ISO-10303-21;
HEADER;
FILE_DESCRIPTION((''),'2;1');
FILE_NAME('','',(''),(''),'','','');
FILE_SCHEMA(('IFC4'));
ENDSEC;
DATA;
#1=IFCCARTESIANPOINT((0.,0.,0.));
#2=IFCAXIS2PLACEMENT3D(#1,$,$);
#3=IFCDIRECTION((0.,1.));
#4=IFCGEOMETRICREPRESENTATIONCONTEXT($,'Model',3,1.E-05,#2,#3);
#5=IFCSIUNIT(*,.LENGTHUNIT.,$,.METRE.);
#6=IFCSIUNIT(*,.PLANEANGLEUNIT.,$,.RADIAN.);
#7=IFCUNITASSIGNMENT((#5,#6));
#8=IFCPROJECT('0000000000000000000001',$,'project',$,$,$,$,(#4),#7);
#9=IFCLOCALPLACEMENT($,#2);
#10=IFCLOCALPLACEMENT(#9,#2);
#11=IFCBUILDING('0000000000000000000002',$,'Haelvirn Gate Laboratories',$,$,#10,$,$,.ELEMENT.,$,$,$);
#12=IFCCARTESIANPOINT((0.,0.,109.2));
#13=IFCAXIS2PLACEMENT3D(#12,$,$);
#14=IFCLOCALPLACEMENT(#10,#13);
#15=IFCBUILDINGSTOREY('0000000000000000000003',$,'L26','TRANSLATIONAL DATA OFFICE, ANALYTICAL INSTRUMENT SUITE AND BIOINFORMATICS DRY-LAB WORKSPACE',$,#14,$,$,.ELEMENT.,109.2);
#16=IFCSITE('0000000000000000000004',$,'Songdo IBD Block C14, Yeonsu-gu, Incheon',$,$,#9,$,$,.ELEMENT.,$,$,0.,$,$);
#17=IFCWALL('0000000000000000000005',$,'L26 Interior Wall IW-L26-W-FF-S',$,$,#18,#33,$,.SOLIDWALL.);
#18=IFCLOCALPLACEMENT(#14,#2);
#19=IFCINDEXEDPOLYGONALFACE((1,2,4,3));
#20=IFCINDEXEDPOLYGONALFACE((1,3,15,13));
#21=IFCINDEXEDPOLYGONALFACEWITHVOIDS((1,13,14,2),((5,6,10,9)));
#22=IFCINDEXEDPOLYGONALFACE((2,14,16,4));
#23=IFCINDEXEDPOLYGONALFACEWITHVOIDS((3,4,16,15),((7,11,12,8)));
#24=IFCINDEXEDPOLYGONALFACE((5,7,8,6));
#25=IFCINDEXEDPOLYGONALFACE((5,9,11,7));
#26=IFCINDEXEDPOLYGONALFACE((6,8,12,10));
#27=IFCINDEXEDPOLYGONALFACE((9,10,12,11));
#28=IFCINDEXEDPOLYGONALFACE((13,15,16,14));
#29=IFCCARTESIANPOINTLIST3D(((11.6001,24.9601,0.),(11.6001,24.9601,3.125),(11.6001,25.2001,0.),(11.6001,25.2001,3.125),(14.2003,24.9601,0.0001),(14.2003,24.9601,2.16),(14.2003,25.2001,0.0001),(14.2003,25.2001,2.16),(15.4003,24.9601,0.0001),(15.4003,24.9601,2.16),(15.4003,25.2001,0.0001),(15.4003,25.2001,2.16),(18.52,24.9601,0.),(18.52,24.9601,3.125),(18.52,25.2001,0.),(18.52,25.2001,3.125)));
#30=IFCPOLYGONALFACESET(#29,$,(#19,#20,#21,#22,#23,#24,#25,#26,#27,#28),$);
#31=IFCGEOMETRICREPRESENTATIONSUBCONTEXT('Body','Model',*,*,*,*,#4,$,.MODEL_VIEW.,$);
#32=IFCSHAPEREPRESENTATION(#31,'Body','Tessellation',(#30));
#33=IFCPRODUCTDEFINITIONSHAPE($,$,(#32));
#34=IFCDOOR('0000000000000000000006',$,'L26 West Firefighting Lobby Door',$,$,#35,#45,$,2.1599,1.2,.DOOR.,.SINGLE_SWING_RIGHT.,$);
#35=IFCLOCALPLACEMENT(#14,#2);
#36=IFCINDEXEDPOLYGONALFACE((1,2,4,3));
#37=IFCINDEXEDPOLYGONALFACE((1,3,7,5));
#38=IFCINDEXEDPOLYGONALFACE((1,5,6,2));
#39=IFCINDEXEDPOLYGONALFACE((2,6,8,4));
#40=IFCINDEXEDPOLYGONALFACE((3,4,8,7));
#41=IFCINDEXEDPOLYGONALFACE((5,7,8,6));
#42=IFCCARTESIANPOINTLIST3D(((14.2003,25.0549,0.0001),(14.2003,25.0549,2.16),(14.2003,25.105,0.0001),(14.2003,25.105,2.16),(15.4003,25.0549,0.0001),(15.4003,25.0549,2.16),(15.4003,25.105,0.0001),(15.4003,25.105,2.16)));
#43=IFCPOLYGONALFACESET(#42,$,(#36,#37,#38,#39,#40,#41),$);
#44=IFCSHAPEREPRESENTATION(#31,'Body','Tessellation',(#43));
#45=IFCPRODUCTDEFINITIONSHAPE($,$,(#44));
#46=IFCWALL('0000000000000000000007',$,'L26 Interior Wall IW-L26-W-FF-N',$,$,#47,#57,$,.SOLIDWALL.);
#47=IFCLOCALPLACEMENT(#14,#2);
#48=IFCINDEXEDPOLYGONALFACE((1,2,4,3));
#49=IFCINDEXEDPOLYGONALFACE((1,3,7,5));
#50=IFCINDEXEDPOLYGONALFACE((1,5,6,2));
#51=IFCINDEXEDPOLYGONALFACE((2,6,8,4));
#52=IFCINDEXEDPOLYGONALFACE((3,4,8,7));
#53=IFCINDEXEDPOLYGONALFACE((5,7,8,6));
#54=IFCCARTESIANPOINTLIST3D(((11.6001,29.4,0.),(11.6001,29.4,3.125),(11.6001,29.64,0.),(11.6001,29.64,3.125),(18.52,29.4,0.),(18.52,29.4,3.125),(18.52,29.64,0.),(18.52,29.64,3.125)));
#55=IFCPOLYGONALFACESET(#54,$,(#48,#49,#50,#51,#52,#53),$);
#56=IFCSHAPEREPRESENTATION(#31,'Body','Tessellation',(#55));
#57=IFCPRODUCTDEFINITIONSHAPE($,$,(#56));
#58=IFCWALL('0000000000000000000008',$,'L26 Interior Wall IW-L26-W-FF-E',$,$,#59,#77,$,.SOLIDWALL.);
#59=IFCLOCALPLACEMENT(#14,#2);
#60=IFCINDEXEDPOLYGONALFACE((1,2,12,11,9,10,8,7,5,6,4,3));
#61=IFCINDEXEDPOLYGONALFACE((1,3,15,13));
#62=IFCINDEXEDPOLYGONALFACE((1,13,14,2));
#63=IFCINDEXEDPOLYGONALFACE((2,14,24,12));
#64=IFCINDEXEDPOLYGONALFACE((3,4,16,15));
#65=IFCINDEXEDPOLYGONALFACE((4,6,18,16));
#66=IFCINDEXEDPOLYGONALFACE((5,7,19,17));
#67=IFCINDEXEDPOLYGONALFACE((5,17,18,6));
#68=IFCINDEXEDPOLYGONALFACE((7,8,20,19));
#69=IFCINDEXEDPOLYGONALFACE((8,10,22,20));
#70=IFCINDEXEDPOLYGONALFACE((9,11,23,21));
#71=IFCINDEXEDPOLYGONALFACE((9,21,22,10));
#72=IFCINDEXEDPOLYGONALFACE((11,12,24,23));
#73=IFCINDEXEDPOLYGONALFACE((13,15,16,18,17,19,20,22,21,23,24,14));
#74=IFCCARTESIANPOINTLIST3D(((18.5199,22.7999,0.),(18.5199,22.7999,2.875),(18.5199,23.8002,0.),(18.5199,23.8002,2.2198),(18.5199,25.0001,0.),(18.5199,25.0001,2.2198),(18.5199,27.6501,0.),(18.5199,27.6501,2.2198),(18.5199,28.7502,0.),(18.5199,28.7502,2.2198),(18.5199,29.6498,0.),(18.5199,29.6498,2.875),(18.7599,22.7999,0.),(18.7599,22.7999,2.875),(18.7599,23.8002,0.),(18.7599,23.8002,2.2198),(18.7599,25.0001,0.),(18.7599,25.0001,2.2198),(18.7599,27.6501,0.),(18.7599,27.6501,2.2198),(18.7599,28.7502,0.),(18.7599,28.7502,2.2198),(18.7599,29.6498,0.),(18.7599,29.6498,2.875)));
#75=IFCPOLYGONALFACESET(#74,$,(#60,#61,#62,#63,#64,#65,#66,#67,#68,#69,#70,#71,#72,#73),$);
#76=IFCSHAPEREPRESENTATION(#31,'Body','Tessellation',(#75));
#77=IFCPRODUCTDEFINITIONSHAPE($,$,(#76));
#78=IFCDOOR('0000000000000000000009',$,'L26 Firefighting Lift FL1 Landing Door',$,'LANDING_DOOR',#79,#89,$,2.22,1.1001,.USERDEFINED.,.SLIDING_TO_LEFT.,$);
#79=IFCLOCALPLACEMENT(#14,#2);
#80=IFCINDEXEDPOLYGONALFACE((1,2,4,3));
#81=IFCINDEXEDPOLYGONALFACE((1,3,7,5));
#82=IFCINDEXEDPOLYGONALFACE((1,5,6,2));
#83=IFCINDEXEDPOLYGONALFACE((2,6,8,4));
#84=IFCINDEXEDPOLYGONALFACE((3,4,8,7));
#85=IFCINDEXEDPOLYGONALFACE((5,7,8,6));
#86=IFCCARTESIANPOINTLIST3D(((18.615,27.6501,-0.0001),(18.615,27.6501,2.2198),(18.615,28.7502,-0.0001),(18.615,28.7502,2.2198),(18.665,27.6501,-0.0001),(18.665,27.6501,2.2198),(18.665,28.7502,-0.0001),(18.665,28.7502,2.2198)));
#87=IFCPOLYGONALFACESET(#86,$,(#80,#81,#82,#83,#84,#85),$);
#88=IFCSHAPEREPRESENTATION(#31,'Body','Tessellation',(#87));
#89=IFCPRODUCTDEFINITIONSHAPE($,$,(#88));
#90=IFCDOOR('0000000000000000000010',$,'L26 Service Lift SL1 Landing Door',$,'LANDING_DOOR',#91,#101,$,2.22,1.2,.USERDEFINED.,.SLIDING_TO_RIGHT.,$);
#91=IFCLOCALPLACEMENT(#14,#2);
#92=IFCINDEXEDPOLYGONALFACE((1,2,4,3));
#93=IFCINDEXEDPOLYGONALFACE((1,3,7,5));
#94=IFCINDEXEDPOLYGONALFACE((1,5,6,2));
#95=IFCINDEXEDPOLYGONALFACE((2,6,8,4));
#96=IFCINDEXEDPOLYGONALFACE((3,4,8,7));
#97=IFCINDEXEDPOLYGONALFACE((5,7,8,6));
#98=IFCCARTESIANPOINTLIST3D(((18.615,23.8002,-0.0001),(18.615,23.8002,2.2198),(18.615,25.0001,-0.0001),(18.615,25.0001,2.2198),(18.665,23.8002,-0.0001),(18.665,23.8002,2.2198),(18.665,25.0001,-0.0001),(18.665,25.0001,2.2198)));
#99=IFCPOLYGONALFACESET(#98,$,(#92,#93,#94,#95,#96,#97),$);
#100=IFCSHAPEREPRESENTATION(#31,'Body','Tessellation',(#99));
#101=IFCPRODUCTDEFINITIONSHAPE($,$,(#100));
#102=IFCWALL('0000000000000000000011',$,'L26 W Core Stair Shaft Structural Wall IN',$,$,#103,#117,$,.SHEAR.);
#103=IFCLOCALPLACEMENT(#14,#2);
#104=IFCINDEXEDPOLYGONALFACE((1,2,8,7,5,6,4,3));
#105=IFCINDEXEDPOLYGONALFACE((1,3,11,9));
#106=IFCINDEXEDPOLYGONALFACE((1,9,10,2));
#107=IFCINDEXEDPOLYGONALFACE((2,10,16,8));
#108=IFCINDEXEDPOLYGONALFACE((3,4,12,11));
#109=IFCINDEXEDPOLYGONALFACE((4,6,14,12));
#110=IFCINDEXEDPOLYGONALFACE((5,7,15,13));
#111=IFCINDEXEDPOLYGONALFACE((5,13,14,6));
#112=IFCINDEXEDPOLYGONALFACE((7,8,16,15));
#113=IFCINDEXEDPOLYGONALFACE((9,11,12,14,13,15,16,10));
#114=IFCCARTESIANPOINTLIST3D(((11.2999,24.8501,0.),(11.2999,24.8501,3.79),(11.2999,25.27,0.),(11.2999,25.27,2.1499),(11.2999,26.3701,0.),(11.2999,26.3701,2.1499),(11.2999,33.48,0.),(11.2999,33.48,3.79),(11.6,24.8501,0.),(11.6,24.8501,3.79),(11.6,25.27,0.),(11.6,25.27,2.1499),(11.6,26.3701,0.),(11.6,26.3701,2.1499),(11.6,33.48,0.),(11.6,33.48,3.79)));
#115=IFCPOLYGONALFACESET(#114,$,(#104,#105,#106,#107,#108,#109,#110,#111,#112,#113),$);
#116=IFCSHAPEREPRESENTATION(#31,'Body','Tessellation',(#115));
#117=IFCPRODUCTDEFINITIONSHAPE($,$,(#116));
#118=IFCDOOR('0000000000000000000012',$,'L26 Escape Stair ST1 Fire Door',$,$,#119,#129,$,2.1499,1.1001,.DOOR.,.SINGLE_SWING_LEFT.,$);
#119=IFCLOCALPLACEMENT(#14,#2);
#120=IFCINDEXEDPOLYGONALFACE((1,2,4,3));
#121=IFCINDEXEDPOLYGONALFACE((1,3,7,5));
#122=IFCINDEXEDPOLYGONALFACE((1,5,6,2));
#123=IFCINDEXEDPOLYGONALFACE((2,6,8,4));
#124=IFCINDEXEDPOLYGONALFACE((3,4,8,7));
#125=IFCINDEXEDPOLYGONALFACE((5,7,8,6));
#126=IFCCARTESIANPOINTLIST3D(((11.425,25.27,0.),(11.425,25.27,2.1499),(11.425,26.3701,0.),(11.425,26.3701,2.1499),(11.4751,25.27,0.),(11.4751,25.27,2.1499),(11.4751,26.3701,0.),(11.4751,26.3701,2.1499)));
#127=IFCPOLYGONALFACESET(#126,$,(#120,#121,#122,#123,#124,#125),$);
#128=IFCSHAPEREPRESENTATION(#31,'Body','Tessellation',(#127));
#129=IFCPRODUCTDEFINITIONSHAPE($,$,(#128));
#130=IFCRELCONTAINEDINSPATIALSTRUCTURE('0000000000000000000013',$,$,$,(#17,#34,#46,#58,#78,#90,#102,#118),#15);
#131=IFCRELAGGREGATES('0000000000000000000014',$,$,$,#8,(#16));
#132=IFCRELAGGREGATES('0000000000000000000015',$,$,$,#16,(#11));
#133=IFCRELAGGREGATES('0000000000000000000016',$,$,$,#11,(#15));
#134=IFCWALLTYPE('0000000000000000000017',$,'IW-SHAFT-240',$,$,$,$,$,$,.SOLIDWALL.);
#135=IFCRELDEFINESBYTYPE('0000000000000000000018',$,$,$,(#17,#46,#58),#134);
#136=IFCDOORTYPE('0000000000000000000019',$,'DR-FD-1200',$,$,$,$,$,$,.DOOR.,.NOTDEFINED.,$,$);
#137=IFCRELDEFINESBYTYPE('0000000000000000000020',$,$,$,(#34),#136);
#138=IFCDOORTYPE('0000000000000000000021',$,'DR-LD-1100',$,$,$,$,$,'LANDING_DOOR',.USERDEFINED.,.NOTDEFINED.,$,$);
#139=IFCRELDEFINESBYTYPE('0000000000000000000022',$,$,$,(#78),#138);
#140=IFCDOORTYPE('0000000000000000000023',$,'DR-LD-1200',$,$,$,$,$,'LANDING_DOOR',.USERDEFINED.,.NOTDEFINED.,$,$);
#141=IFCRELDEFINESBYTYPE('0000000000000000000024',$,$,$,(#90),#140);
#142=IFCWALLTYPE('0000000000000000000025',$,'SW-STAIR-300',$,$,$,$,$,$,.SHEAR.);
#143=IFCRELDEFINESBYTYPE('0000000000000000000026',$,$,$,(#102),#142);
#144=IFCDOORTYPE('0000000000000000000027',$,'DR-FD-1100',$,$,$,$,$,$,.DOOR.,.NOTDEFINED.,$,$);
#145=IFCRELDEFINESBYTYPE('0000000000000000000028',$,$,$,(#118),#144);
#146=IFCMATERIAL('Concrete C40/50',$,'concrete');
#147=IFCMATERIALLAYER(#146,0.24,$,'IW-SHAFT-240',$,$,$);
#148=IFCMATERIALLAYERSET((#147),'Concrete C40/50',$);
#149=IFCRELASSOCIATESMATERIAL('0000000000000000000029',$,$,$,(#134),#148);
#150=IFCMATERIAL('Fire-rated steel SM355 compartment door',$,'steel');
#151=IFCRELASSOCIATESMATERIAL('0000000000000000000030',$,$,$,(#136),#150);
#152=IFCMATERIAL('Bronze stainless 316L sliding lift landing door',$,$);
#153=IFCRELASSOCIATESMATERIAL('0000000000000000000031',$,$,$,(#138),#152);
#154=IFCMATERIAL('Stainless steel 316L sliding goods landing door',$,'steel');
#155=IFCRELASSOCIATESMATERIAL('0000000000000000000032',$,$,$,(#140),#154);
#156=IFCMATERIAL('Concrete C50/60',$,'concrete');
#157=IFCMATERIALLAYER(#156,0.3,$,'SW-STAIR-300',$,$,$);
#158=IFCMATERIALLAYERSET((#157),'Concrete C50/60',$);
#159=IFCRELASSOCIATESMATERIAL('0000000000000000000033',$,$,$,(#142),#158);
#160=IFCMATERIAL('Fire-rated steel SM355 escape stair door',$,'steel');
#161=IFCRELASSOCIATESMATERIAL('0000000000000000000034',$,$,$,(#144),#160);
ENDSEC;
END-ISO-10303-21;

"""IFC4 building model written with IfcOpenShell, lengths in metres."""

from ifc_helpers import new_model, si_unit, direction, frame, frame_2d, origin, place, context, subcontext, project, spatial, rectangle, extrude, source, transform, mapped, material, layer, layer_set, type_object, type_shapes, element, fill, save


model = new_model("IFC4")

# Units and contexts
model_context = context("Model", 3, precision=1e-05, world=origin(), true_north=direction((0.0, 1.0)))
body_context = subcontext(model_context, "Body", "Model", "MODEL_VIEW")
ifc_project = project(units=[si_unit("LENGTHUNIT", "METRE"), si_unit("PLANEANGLEUNIT", "RADIAN")], contexts=[model_context])

# Site, building, storey
site_placement = place(None, origin())
site = spatial("IfcSite", under=ifc_project, at=site_placement, Name="Songdo IBD Block C14, Yeonsu-gu, Incheon", CompositionType="ELEMENT", RefElevation=0.0)
building_placement = place(site_placement, origin())
building = spatial("IfcBuilding", under=site, at=building_placement, Name="Haelvirn Gate Laboratories", CompositionType="ELEMENT")
storey_placement = place(building_placement, frame((0.0, 0.0, 109.2)))
storey = spatial("IfcBuildingStorey", under=building, at=storey_placement, Name="L26", Description="TRANSLATIONAL DATA OFFICE, ANALYTICAL INSTRUMENT SUITE AND BIOINFORMATICS DRY-LAB WORKSPACE", CompositionType="ELEMENT", Elevation=109.2)

# Shared definitions
ifc_material_1 = material(Name="Concrete C40/50", Category="concrete")

# Wall, opening, door
ifc_layer_1 = layer(ifc_material_1, 0.24, Name="IW-SHAFT-240")
ifc_layer_set_1 = layer_set([ifc_layer_1], Name="Concrete C40/50")
wall_type_1 = type_object("IfcWallType", Name="IW-SHAFT-240", PredefinedType="SOLIDWALL", material=ifc_layer_set_1)
wall_1_placement = place(storey_placement, frame((11.6001, 25.0801, 0.0), z_axis=(0.0, 0.0, 1.0), x_axis=(1.0, 0.0, 0.0)))
wall_1 = element("IfcWall", 1, at=wall_1_placement, inside=storey, type_object=wall_type_1, Name="L26 Interior Wall IW-L26-W-FF-S", PredefinedType="SOLIDWALL", context=body_context, shape_type="SweptSolid", body=[
    extrude(rectangle(XDim=6.9199, YDim=0.24, at=frame_2d((3.46, 0.0))), origin(), (0.0, 0.0, 1.0), 3.125),
])
opening_1_placement = place(wall_1_placement, frame((2.6001, 0.0, 0.0)))
opening_1 = element("IfcOpeningElement", 2, at=opening_1_placement, cuts=wall_1, PredefinedType="OPENING", context=body_context, shape_type="SweptSolid", body=[
    extrude(rectangle(XDim=1.2, YDim=2.1599, at=frame_2d((0.6001, 1.0801))), frame((0.0, 0.1299, 0.0), z_axis=(0.0, -1.0, 0.0), x_axis=(1.0, 0.0, 0.0)), (0.0, 0.0, 1.0), 0.26),
])
ifc_material_2 = material(Name="Fire-rated steel SM355 compartment door", Category="steel")
door_type_1 = type_object("IfcDoorType", Name="DR-FD-1200", OperationType="NOTDEFINED", PredefinedType="DOOR", material=ifc_material_2)
shared_shape_1 = source(origin(), body_context, "Body", "SweptSolid", [
    extrude(rectangle(XDim=1.2, YDim=2.1599, at=frame_2d((0.6001, 1.0801))), frame((0.0, 0.0249, 0.0), z_axis=(0.0, -1.0, 0.0), x_axis=(1.0, 0.0, 0.0)), (0.0, 0.0, 1.0), 0.05),
])
type_shapes(door_type_1, [shared_shape_1])
door_1_placement = place(opening_1_placement, origin())
door_1 = element("IfcDoor", 3, at=door_1_placement, inside=storey, type_object=door_type_1, Name="L26 West Firefighting Lobby Door", OperationType="SINGLE_SWING_RIGHT", OverallHeight=2.1599, OverallWidth=1.2, PredefinedType="DOOR", context=body_context, shape_type="MappedRepresentation", body=[
    mapped(shared_shape_1, transform((0.0, 0.0, 0.0), scale=1.0)),
])
fill(opening_1, door_1)

# Wall
wall_2_placement = place(storey_placement, frame((11.6001, 29.52, 0.0), z_axis=(0.0, 0.0, 1.0), x_axis=(1.0, 0.0, 0.0)))
element("IfcWall", 4, at=wall_2_placement, inside=storey, type_object=wall_type_1, Name="L26 Interior Wall IW-L26-W-FF-N", PredefinedType="SOLIDWALL", context=body_context, shape_type="SweptSolid", body=[
    extrude(rectangle(XDim=6.9199, YDim=0.24, at=frame_2d((3.46, 0.0))), origin(), (0.0, 0.0, 1.0), 3.125),
])

# Wall, openings, doors
wall_3_placement = place(storey_placement, frame((18.6399, 22.8, 0.0), z_axis=(0.0, 0.0, 1.0), x_axis=(0.0, 1.0, 0.0)))
wall_3 = element("IfcWall", 5, at=wall_3_placement, inside=storey, type_object=wall_type_1, Name="L26 Interior Wall IW-L26-W-FF-E", PredefinedType="SOLIDWALL", context=body_context, shape_type="SweptSolid", body=[
    extrude(rectangle(XDim=6.8499, YDim=0.24, at=frame_2d((3.4248, 0.0))), origin(), (0.0, 0.0, 1.0), 2.875),
])
opening_2_placement = place(wall_3_placement, frame((4.8501, 0.0, 0.0)))
opening_2 = element("IfcOpeningElement", 6, at=opening_2_placement, cuts=wall_3, PredefinedType="OPENING", context=body_context, shape_type="SweptSolid", body=[
    extrude(rectangle(XDim=1.1001, YDim=2.22, at=frame_2d((0.55, 1.1099))), frame((0.0, 0.1299, 0.0), z_axis=(0.0, -1.0, 0.0), x_axis=(1.0, 0.0, 0.0)), (0.0, 0.0, 1.0), 0.26),
])
opening_3_placement = place(wall_3_placement, frame((1.0, 0.0, 0.0)))
opening_3 = element("IfcOpeningElement", 7, at=opening_3_placement, cuts=wall_3, PredefinedType="OPENING", context=body_context, shape_type="SweptSolid", body=[
    extrude(rectangle(XDim=1.2, YDim=2.22, at=frame_2d((0.6001, 1.1099))), frame((0.0, 0.1299, 0.0), z_axis=(0.0, -1.0, 0.0), x_axis=(1.0, 0.0, 0.0)), (0.0, 0.0, 1.0), 0.26),
])
ifc_material_3 = material(Name="Bronze stainless 316L sliding lift landing door")
door_type_2 = type_object("IfcDoorType", Name="DR-LD-1100", ElementType="LANDING_DOOR", OperationType="NOTDEFINED", PredefinedType="USERDEFINED", material=ifc_material_3)
shared_shape_2 = source(origin(), body_context, "Body", "SweptSolid", [
    extrude(rectangle(XDim=1.1001, YDim=2.22, at=frame_2d((0.55, 1.1099))), frame((0.0, 0.0249, 0.0), z_axis=(0.0, -1.0, 0.0), x_axis=(1.0, 0.0, 0.0)), (0.0, 0.0, 1.0), 0.05),
])
type_shapes(door_type_2, [shared_shape_2])
door_2_placement = place(opening_2_placement, origin())
door_2 = element("IfcDoor", 8, at=door_2_placement, inside=storey, type_object=door_type_2, Name="L26 Firefighting Lift FL1 Landing Door", ObjectType="LANDING_DOOR", OperationType="SLIDING_TO_LEFT", OverallHeight=2.22, OverallWidth=1.1001, PredefinedType="USERDEFINED", context=body_context, shape_type="MappedRepresentation", body=[
    mapped(shared_shape_2, transform((0.0, 0.0, 0.0), scale=1.0)),
])
fill(opening_2, door_2)
ifc_material_4 = material(Name="Stainless steel 316L sliding goods landing door", Category="steel")
door_type_3 = type_object("IfcDoorType", Name="DR-LD-1200", ElementType="LANDING_DOOR", OperationType="NOTDEFINED", PredefinedType="USERDEFINED", material=ifc_material_4)
shared_shape_3 = source(origin(), body_context, "Body", "SweptSolid", [
    extrude(rectangle(XDim=1.2, YDim=2.22, at=frame_2d((0.6001, 1.1099))), frame((0.0, 0.0249, 0.0), z_axis=(0.0, -1.0, 0.0), x_axis=(1.0, 0.0, 0.0)), (0.0, 0.0, 1.0), 0.05),
])
type_shapes(door_type_3, [shared_shape_3])
door_3_placement = place(opening_3_placement, origin())
door_3 = element("IfcDoor", 9, at=door_3_placement, inside=storey, type_object=door_type_3, Name="L26 Service Lift SL1 Landing Door", ObjectType="LANDING_DOOR", OperationType="SLIDING_TO_RIGHT", OverallHeight=2.22, OverallWidth=1.2, PredefinedType="USERDEFINED", context=body_context, shape_type="MappedRepresentation", body=[
    mapped(shared_shape_3, transform((0.0, 0.0, 0.0), scale=1.0)),
])
fill(opening_3, door_3)

# Wall, opening, door
ifc_material_5 = material(Name="Concrete C50/60", Category="concrete")
ifc_layer_2 = layer(ifc_material_5, 0.3, Name="SW-STAIR-300")
ifc_layer_set_2 = layer_set([ifc_layer_2], Name="Concrete C50/60")
wall_type_2 = type_object("IfcWallType", Name="SW-STAIR-300", PredefinedType="SHEAR", material=ifc_layer_set_2)
wall_4_placement = place(storey_placement, frame((11.45, 24.8501, 0.0), z_axis=(0.0, 0.0, 1.0), x_axis=(0.0, 1.0, 0.0)))
wall_4 = element("IfcWall", 10, at=wall_4_placement, inside=storey, type_object=wall_type_2, Name="L26 W Core Stair Shaft Structural Wall IN", PredefinedType="SHEAR", context=body_context, shape_type="SweptSolid", body=[
    extrude(rectangle(XDim=8.6299, YDim=0.3, at=frame_2d((4.3149, 0.0))), origin(), (0.0, 0.0, 1.0), 3.79),
])
opening_4_placement = place(wall_4_placement, frame((0.4199, 0.0, 0.0)))
opening_4 = element("IfcOpeningElement", 11, at=opening_4_placement, cuts=wall_4, PredefinedType="OPENING", context=body_context, shape_type="SweptSolid", body=[
    extrude(rectangle(XDim=1.1001, YDim=2.1499, at=frame_2d((0.55, 1.075))), frame((0.0, 0.1602, 0.0), z_axis=(0.0, -1.0, 0.0), x_axis=(1.0, 0.0, 0.0)), (0.0, 0.0, 1.0), 0.3201),
])
ifc_material_6 = material(Name="Fire-rated steel SM355 escape stair door", Category="steel")
door_type_4 = type_object("IfcDoorType", Name="DR-FD-1100", OperationType="NOTDEFINED", PredefinedType="DOOR", material=ifc_material_6)
shared_shape_4 = source(origin(), body_context, "Body", "SweptSolid", [
    extrude(rectangle(XDim=1.1001, YDim=2.1499, at=frame_2d((0.55, 1.075))), frame((0.0, 0.0249, 0.0), z_axis=(0.0, -1.0, 0.0), x_axis=(1.0, 0.0, 0.0)), (0.0, 0.0, 1.0), 0.05),
])
type_shapes(door_type_4, [shared_shape_4])
door_4_placement = place(opening_4_placement, origin())
door_4 = element("IfcDoor", 12, at=door_4_placement, inside=storey, type_object=door_type_4, Name="L26 Escape Stair ST1 Fire Door", OperationType="SINGLE_SWING_LEFT", OverallHeight=2.1499, OverallWidth=1.1001, PredefinedType="DOOR", context=body_context, shape_type="MappedRepresentation", body=[
    mapped(shared_shape_4, transform((0.0, 0.0, 0.0), scale=1.0)),
])
fill(opening_4, door_4)

save(model, "model.ifc")
